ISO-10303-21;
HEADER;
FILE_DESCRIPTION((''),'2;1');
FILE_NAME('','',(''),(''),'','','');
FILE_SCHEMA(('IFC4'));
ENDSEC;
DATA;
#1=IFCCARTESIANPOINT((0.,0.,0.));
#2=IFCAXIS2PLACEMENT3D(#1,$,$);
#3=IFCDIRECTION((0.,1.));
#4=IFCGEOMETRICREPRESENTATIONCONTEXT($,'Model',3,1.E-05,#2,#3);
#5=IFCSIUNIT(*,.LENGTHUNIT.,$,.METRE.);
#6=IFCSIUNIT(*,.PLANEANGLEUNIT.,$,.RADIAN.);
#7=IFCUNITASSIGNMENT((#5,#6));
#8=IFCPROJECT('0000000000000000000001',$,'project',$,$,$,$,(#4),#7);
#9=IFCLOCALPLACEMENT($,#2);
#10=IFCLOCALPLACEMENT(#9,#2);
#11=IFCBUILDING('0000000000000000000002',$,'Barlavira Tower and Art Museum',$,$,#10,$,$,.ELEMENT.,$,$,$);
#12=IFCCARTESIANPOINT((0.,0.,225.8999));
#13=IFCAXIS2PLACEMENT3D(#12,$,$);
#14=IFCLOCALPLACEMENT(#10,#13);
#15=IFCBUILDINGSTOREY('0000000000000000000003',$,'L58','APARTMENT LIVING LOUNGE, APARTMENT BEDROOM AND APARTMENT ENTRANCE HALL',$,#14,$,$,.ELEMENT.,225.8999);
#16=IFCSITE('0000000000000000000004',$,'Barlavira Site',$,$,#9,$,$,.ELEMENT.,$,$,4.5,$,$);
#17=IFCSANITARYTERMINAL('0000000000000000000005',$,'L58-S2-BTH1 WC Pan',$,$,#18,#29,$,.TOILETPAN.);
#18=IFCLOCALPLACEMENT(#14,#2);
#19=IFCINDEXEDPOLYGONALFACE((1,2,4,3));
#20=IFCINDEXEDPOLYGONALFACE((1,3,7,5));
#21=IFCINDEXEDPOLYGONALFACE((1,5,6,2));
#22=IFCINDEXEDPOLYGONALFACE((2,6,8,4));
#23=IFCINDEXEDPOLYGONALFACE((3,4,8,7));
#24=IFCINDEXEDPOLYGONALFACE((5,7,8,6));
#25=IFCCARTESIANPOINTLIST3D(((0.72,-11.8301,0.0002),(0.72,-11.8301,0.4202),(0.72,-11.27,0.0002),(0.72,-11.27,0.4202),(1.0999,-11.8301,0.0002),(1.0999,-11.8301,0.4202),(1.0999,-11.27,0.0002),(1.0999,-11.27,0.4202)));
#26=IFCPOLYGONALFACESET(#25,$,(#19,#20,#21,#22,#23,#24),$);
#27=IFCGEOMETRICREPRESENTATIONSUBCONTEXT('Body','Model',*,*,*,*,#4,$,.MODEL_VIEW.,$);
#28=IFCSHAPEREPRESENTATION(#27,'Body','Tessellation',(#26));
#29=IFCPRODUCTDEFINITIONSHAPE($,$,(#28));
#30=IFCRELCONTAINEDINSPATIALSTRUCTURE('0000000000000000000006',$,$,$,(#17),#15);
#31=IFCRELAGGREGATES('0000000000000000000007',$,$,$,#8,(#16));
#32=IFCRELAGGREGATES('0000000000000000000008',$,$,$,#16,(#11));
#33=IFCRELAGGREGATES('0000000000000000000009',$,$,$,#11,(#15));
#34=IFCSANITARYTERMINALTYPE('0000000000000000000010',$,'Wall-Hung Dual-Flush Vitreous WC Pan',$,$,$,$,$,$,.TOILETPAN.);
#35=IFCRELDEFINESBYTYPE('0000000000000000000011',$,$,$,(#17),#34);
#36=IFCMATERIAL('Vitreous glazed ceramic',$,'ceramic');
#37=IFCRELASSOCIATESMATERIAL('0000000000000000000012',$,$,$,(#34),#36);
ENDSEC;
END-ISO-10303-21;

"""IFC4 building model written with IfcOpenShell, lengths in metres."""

from ifc_helpers import new_model, si_unit, direction, frame, origin, origin_2d, place, context, subcontext, project, spatial, rectangle, extrude, material, type_object, element, save


model = new_model("IFC4")

# Units and contexts
model_context = context("Model", 3, precision=1e-05, world=origin(), true_north=direction((0.0, 1.0)))
body_context = subcontext(model_context, "Body", "Model", "MODEL_VIEW")
ifc_project = project(units=[si_unit("LENGTHUNIT", "METRE"), si_unit("PLANEANGLEUNIT", "RADIAN")], contexts=[model_context])

# Site, building, storey
site_placement = place(None, origin())
site = spatial("IfcSite", under=ifc_project, at=site_placement, Name="Barlavira Site", CompositionType="ELEMENT", RefElevation=4.5)
building_placement = place(site_placement, origin())
building = spatial("IfcBuilding", under=site, at=building_placement, Name="Barlavira Tower and Art Museum", CompositionType="ELEMENT")
storey_placement = place(building_placement, frame((0.0, 0.0, 225.8999)))
storey = spatial("IfcBuildingStorey", under=building, at=storey_placement, Name="L58", Description="APARTMENT LIVING LOUNGE, APARTMENT BEDROOM AND APARTMENT ENTRANCE HALL", CompositionType="ELEMENT", Elevation=225.8999)

# Sanitary terminal
ifc_material_1 = material(Name="Vitreous glazed ceramic", Category="ceramic")
sanitary_terminal_type_1 = type_object("IfcSanitaryTerminalType", Name="Wall-Hung Dual-Flush Vitreous WC Pan", PredefinedType="TOILETPAN", material=ifc_material_1)
sanitary_terminal_1_placement = place(storey_placement, frame((0.9099, -11.55, 0.0002), z_axis=(0.0, 0.0, 1.0), x_axis=(1.0, 0.0, 0.0)))
element("IfcSanitaryTerminal", 1, at=sanitary_terminal_1_placement, inside=storey, type_object=sanitary_terminal_type_1, Name="L58-S2-BTH1 WC Pan", PredefinedType="TOILETPAN", context=body_context, shape_type="SweptSolid", body=[
    extrude(rectangle(XDim=0.3799, YDim=0.5601, at=origin_2d()), origin(), (0.0, 0.0, 1.0), 0.4199),
])

save(model, "model.ifc")
